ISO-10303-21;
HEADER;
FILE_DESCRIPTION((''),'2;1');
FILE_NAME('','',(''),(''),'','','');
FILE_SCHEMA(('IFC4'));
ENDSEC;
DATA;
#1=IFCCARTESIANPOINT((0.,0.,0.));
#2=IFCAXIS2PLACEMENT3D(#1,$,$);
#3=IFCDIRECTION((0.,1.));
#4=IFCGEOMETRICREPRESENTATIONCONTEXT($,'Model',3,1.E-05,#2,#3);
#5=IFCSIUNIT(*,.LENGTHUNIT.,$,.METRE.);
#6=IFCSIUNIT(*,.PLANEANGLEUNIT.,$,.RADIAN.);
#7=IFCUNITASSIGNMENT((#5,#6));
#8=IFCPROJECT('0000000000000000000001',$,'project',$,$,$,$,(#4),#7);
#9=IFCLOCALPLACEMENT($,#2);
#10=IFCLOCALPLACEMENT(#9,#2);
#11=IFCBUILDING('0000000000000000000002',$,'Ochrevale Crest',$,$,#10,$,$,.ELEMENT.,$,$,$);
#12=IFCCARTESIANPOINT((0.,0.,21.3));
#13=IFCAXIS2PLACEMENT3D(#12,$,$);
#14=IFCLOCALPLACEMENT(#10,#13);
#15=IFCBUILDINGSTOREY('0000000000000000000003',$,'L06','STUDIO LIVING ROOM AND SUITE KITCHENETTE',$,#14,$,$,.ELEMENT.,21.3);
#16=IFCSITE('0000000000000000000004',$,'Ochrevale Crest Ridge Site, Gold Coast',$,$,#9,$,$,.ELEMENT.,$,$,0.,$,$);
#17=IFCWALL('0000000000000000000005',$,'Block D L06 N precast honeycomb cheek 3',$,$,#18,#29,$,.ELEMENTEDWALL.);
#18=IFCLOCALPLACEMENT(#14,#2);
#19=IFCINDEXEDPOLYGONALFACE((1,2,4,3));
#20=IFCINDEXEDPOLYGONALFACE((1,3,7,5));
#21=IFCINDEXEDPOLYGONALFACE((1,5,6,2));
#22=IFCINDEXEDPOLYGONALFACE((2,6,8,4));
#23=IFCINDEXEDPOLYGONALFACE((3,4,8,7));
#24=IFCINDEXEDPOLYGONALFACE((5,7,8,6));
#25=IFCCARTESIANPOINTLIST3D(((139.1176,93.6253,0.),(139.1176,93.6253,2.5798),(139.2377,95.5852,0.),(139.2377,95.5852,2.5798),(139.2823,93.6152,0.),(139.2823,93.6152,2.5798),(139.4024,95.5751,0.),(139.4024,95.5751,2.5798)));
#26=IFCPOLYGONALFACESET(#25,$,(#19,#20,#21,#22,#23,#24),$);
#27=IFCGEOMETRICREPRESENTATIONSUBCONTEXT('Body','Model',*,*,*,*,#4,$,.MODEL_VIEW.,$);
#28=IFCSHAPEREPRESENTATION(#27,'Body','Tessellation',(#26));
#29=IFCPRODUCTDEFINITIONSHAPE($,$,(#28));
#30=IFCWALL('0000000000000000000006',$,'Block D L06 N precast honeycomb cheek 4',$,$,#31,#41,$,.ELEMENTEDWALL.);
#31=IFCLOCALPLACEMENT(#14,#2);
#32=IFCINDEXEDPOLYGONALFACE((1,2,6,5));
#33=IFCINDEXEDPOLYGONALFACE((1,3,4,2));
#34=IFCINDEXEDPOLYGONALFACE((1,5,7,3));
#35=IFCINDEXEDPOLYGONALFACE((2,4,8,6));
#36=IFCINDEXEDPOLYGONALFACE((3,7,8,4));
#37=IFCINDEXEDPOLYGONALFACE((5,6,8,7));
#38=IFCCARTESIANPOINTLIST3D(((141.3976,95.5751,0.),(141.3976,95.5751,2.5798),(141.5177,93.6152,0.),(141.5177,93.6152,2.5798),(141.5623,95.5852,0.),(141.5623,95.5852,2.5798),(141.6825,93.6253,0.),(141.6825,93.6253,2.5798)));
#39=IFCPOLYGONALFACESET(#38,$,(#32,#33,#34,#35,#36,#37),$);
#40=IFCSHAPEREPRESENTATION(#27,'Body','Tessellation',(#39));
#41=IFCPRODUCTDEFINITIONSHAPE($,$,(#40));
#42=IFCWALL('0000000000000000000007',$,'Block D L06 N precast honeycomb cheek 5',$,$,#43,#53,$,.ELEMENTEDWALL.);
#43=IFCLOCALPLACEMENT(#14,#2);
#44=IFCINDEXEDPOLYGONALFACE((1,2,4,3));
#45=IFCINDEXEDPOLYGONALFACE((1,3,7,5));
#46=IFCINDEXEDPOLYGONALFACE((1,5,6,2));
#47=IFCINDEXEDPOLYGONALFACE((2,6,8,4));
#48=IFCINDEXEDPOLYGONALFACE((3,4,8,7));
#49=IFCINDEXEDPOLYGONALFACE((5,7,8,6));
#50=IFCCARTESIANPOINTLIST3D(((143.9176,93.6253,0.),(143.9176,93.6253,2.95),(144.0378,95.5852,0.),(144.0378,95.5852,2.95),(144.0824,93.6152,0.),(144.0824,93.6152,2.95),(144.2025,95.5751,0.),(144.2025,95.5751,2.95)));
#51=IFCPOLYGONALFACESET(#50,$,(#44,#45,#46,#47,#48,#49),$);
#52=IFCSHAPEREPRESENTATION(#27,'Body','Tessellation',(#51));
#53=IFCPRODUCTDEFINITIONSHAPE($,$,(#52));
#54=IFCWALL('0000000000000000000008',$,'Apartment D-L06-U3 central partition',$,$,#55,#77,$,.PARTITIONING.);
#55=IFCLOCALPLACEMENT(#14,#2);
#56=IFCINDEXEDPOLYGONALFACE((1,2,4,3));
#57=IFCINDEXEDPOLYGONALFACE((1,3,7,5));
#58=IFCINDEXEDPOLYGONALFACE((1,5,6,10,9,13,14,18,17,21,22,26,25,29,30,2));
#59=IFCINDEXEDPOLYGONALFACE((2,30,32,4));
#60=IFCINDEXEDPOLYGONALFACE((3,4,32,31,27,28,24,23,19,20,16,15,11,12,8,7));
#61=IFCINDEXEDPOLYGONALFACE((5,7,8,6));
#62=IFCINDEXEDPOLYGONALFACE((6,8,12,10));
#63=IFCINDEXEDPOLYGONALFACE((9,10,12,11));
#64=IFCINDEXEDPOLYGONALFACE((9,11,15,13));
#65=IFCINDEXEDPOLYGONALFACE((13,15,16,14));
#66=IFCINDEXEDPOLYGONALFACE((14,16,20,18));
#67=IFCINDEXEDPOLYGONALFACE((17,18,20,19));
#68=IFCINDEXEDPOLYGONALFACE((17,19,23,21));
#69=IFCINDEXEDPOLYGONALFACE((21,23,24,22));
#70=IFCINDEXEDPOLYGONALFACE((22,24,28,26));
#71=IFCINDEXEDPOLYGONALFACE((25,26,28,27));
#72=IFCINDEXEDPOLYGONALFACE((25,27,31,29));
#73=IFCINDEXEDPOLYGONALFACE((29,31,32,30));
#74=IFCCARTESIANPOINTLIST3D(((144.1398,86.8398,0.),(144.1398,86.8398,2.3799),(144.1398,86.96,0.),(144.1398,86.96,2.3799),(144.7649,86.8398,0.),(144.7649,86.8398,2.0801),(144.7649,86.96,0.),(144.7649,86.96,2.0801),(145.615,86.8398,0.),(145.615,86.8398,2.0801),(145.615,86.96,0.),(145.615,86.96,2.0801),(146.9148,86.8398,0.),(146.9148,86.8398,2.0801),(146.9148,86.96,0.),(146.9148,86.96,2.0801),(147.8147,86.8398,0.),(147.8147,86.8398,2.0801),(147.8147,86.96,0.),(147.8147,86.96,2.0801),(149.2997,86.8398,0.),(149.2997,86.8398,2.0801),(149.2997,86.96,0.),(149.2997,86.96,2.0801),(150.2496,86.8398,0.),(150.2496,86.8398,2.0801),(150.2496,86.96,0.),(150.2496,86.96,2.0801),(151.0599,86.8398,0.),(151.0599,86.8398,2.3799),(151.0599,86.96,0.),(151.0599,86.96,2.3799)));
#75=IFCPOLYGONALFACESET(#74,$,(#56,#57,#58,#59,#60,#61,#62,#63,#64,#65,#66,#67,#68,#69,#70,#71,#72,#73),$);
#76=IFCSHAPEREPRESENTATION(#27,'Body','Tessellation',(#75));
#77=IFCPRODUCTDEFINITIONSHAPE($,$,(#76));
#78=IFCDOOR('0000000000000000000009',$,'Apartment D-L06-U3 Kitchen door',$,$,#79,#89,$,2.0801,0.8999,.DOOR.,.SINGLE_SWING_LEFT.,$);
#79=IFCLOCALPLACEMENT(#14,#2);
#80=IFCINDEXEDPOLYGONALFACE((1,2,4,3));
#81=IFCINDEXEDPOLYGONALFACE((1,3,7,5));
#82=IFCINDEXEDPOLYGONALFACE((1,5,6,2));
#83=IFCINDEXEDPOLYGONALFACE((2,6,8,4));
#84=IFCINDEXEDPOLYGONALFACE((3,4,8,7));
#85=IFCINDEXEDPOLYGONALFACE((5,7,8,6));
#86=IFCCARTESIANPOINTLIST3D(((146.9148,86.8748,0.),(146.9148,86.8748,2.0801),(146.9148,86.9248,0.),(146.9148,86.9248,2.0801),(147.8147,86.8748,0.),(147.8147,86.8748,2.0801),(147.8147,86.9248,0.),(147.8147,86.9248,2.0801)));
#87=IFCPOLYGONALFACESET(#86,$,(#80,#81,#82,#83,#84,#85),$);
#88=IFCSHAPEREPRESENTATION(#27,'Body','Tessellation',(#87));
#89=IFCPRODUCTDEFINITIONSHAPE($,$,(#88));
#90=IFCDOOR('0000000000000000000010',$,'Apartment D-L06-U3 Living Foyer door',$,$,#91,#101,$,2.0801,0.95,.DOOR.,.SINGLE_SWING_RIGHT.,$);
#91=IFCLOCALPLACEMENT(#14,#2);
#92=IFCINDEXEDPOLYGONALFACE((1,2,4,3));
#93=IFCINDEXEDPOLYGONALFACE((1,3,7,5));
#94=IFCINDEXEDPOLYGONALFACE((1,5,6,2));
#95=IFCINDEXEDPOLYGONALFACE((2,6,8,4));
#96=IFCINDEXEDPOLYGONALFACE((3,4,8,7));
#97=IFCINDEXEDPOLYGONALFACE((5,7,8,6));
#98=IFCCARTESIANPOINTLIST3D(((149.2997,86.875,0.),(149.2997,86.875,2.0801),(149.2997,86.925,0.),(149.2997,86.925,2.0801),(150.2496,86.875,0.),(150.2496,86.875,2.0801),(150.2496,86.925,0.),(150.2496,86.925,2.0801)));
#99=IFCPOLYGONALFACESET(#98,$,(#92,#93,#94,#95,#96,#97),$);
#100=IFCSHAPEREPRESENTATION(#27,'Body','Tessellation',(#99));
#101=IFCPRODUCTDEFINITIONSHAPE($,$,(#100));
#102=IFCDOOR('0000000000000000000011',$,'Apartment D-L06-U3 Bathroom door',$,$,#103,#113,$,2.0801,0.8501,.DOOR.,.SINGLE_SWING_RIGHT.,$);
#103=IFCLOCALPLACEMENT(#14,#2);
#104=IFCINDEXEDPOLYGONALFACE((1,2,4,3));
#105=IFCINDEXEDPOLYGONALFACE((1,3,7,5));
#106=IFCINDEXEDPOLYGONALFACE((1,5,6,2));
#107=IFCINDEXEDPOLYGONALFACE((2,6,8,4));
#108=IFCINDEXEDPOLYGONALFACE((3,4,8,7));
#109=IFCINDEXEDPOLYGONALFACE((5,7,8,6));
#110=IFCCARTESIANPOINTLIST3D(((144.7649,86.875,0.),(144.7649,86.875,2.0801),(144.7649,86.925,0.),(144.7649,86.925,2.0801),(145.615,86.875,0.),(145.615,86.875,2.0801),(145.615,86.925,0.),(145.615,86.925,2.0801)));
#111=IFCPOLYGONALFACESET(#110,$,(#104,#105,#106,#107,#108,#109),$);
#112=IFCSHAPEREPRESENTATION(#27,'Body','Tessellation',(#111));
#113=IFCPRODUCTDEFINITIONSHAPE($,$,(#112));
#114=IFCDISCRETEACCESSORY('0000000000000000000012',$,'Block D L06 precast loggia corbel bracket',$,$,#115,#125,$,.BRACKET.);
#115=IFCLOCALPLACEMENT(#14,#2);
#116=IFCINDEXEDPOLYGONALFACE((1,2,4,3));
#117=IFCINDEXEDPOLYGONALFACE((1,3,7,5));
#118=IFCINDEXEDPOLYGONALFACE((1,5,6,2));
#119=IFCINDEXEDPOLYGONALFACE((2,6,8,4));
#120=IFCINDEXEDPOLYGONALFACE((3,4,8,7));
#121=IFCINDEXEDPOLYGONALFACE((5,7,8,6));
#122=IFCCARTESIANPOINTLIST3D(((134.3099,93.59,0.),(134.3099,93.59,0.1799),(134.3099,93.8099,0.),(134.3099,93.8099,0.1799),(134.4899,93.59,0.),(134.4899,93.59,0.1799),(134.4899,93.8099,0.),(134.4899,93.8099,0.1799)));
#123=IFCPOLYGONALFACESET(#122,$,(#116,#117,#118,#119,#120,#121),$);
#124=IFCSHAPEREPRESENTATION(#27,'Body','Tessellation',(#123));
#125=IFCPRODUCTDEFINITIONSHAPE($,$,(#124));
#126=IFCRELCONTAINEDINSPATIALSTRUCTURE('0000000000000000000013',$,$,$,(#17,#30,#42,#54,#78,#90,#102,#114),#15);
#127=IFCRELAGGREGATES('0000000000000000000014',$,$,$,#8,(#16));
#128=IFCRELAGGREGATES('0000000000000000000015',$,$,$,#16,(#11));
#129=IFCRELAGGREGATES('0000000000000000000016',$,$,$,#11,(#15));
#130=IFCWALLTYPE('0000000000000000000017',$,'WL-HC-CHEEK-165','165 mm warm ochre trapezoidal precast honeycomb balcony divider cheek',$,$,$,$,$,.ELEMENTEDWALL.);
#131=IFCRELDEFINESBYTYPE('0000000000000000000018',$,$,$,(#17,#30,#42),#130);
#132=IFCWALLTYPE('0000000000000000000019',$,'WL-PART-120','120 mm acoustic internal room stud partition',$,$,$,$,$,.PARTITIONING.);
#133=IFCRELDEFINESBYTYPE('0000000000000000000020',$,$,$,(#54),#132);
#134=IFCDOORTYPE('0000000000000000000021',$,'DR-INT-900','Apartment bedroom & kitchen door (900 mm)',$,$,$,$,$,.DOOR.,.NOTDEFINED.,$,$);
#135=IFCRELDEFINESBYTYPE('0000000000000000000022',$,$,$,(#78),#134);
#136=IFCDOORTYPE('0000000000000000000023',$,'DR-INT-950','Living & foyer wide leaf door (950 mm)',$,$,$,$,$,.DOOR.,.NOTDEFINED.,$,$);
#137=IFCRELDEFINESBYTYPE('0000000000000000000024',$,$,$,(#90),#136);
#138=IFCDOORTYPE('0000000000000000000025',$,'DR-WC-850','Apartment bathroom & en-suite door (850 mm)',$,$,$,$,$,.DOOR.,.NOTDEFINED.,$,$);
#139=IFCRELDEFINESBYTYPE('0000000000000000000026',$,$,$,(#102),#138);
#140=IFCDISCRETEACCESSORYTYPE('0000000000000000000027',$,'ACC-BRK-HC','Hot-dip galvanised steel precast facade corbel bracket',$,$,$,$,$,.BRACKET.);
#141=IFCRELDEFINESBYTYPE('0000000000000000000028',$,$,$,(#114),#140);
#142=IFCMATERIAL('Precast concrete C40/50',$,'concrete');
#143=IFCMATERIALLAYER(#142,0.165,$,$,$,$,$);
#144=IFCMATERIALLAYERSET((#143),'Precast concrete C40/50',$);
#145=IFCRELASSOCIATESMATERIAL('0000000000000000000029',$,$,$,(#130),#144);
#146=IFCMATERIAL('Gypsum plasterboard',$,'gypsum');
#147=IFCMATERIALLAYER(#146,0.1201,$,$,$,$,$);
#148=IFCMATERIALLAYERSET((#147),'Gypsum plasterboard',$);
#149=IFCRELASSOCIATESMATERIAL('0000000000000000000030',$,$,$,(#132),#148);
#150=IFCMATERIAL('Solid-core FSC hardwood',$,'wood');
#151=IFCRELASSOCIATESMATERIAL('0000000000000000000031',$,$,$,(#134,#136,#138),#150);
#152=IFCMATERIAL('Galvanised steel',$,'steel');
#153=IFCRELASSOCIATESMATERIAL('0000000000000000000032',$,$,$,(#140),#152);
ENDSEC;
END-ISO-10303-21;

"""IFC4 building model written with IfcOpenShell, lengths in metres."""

from ifc_helpers import new_model, si_unit, direction, frame, frame_2d, origin, origin_2d, place, context, subcontext, project, spatial, rectangle, extrude, material, layer, layer_set, type_object, element, fill, save


model = new_model("IFC4")

# Units and contexts
model_context = context("Model", 3, precision=1e-05, world=origin(), true_north=direction((0.0, 1.0)))
body_context = subcontext(model_context, "Body", "Model", "MODEL_VIEW")
ifc_project = project(units=[si_unit("LENGTHUNIT", "METRE"), si_unit("PLANEANGLEUNIT", "RADIAN")], contexts=[model_context])

# Site, building, storey
site_placement = place(None, origin())
site = spatial("IfcSite", under=ifc_project, at=site_placement, Name="Ochrevale Crest Ridge Site, Gold Coast", CompositionType="ELEMENT", RefElevation=0.0)
building_placement = place(site_placement, origin())
building = spatial("IfcBuilding", under=site, at=building_placement, Name="Ochrevale Crest", CompositionType="ELEMENT")
storey_placement = place(building_placement, frame((0.0, 0.0, 21.3)))
storey = spatial("IfcBuildingStorey", under=building, at=storey_placement, Name="L06", Description="STUDIO LIVING ROOM AND SUITE KITCHENETTE", CompositionType="ELEMENT", Elevation=21.3)

# Shared definitions
ifc_material_1 = material(Name="Precast concrete C40/50", Category="concrete")

# Walls
ifc_layer_1 = layer(ifc_material_1, 0.165)
ifc_layer_set_1 = layer_set([ifc_layer_1], Name="Precast concrete C40/50")
wall_type_1 = type_object("IfcWallType", Name="WL-HC-CHEEK-165", Description="165 mm warm ochre trapezoidal precast honeycomb balcony divider cheek", PredefinedType="ELEMENTEDWALL", material=ifc_layer_set_1)
for number, where, z_axis, x_axis, name in (
    (1, (139.2, 93.6201, 0.0), (0.0, 0.0, 1.0), (0.061171, 0.998127, 0.0), "Block D L06 N precast honeycomb cheek 3"),
    (2, (141.6001, 93.6201, 0.0), (0.0, 0.0, 1.0), (-0.061171, 0.998127, 0.0), "Block D L06 N precast honeycomb cheek 4"),
):
    element("IfcWall", number, at=place(storey_placement, frame(where, z_axis=z_axis, x_axis=x_axis)), inside=storey, type_object=wall_type_1, Name=name, PredefinedType="ELEMENTEDWALL", context=body_context, shape_type="SweptSolid", body=[
        extrude(rectangle(XDim=1.9636, YDim=0.165, at=frame_2d((0.9819, 0.0))), origin(), (0.0, 0.0, 1.0), 2.5798),
    ])
wall_1_placement = place(storey_placement, frame((144.0, 93.6201, 0.0), z_axis=(0.0, 0.0, 1.0), x_axis=(0.061171, 0.998127, 0.0)))
element("IfcWall", 3, at=wall_1_placement, inside=storey, type_object=wall_type_1, Name="Block D L06 N precast honeycomb cheek 5", PredefinedType="ELEMENTEDWALL", context=body_context, shape_type="SweptSolid", body=[
    extrude(rectangle(XDim=1.9636, YDim=0.165, at=frame_2d((0.9819, 0.0))), origin(), (0.0, 0.0, 1.0), 2.95),
])

# Wall, openings, doors
ifc_material_2 = material(Name="Gypsum plasterboard", Category="gypsum")
ifc_layer_2 = layer(ifc_material_2, 0.1201)
ifc_layer_set_2 = layer_set([ifc_layer_2], Name="Gypsum plasterboard")
wall_type_2 = type_object("IfcWallType", Name="WL-PART-120", Description="120 mm acoustic internal room stud partition", PredefinedType="PARTITIONING", material=ifc_layer_set_2)
wall_2_placement = place(storey_placement, frame((144.1399, 86.8999, 0.0), z_axis=(0.0, 0.0, 1.0), x_axis=(1.0, 0.0, 0.0)))
wall_2 = element("IfcWall", 4, at=wall_2_placement, inside=storey, type_object=wall_type_2, Name="Apartment D-L06-U3 central partition", PredefinedType="PARTITIONING", context=body_context, shape_type="SweptSolid", body=[
    extrude(rectangle(XDim=6.9202, YDim=0.1201, at=frame_2d((3.46, 0.0))), origin(), (0.0, 0.0, 1.0), 2.3799),
])
opening_1_placement = place(wall_2_placement, frame((1.4751, 0.0, 0.0), z_axis=(0.0, 0.0, 1.0), x_axis=(-1.0, 0.0, 0.0)))
opening_1 = element("IfcOpeningElement", 5, at=opening_1_placement, cuts=wall_2, PredefinedType="OPENING", context=body_context, shape_type="SweptSolid", body=[
    extrude(rectangle(XDim=0.8501, YDim=2.0801, at=frame_2d((0.425, 1.04))), frame((0.0, 0.0701, 0.0), z_axis=(0.0, -1.0, 0.0), x_axis=(1.0, 0.0, 0.0)), (0.0, 0.0, 1.0), 0.1401),
])
opening_2_placement = place(wall_2_placement, frame((2.7749, 0.0, 0.0)))
opening_2 = element("IfcOpeningElement", 6, at=opening_2_placement, cuts=wall_2, PredefinedType="OPENING", context=body_context, shape_type="SweptSolid", body=[
    extrude(rectangle(XDim=0.8999, YDim=2.0801, at=frame_2d((0.45, 1.04))), frame((0.0, 0.0701, 0.0), z_axis=(0.0, -1.0, 0.0), x_axis=(1.0, 0.0, 0.0)), (0.0, 0.0, 1.0), 0.1401),
])
opening_3_placement = place(wall_2_placement, frame((6.1099, 0.0, 0.0), z_axis=(0.0, 0.0, 1.0), x_axis=(-1.0, 0.0, 0.0)))
opening_3 = element("IfcOpeningElement", 7, at=opening_3_placement, cuts=wall_2, PredefinedType="OPENING", context=body_context, shape_type="SweptSolid", body=[
    extrude(rectangle(XDim=0.95, YDim=2.0801, at=frame_2d((0.4751, 1.04))), frame((0.0, 0.0701, 0.0), z_axis=(0.0, -1.0, 0.0), x_axis=(1.0, 0.0, 0.0)), (0.0, 0.0, 1.0), 0.1401),
])
ifc_material_3 = material(Name="Solid-core FSC hardwood", Category="wood")
door_type_1 = type_object("IfcDoorType", Name="DR-INT-900", Description="Apartment bedroom & kitchen door (900 mm)", OperationType="NOTDEFINED", PredefinedType="DOOR", material=ifc_material_3)
door_1_placement = place(opening_2_placement, origin())
door_1 = element("IfcDoor", 8, at=door_1_placement, inside=storey, type_object=door_type_1, Name="Apartment D-L06-U3 Kitchen door", OperationType="SINGLE_SWING_LEFT", OverallHeight=2.0801, OverallWidth=0.8999, PredefinedType="DOOR", context=body_context, shape_type="SweptSolid", body=[
    extrude(rectangle(XDim=0.8999, YDim=2.0801, at=frame_2d((0.45, 1.04))), frame((0.0, 0.0249, 0.0), z_axis=(0.0, -1.0, 0.0), x_axis=(1.0, 0.0, 0.0)), (0.0, 0.0, 1.0), 0.05),
])
fill(opening_2, door_1)
door_type_2 = type_object("IfcDoorType", Name="DR-INT-950", Description="Living & foyer wide leaf door (950 mm)", OperationType="NOTDEFINED", PredefinedType="DOOR", material=ifc_material_3)
door_2_placement = place(opening_3_placement, origin())
door_2 = element("IfcDoor", 9, at=door_2_placement, inside=storey, type_object=door_type_2, Name="Apartment D-L06-U3 Living Foyer door", OperationType="SINGLE_SWING_RIGHT", OverallHeight=2.0801, OverallWidth=0.95, PredefinedType="DOOR", context=body_context, shape_type="SweptSolid", body=[
    extrude(rectangle(XDim=0.95, YDim=2.0801, at=frame_2d((0.4751, 1.04))), frame((0.0, 0.0249, 0.0), z_axis=(0.0, -1.0, 0.0), x_axis=(1.0, 0.0, 0.0)), (0.0, 0.0, 1.0), 0.05),
])
fill(opening_3, door_2)
door_type_3 = type_object("IfcDoorType", Name="DR-WC-850", Description="Apartment bathroom & en-suite door (850 mm)", OperationType="NOTDEFINED", PredefinedType="DOOR", material=ifc_material_3)
door_3_placement = place(opening_1_placement, origin())
door_3 = element("IfcDoor", 10, at=door_3_placement, inside=storey, type_object=door_type_3, Name="Apartment D-L06-U3 Bathroom door", OperationType="SINGLE_SWING_RIGHT", OverallHeight=2.0801, OverallWidth=0.8501, PredefinedType="DOOR", context=body_context, shape_type="SweptSolid", body=[
    extrude(rectangle(XDim=0.8501, YDim=2.0801, at=frame_2d((0.425, 1.04))), frame((0.0, 0.0249, 0.0), z_axis=(0.0, -1.0, 0.0), x_axis=(1.0, 0.0, 0.0)), (0.0, 0.0, 1.0), 0.05),
])
fill(opening_1, door_3)

# Discrete accessory
ifc_material_4 = material(Name="Galvanised steel", Category="steel")
discrete_accessory_type = type_object("IfcDiscreteAccessoryType", Name="ACC-BRK-HC", Description="Hot-dip galvanised steel precast facade corbel bracket", PredefinedType="BRACKET", material=ifc_material_4)
discrete_accessory_placement = place(storey_placement, frame((134.3999, 93.7, 0.0), z_axis=(0.0, 0.0, 1.0), x_axis=(1.0, 0.0, 0.0)))
element("IfcDiscreteAccessory", 11, at=discrete_accessory_placement, inside=storey, type_object=discrete_accessory_type, Name="Block D L06 precast loggia corbel bracket", PredefinedType="BRACKET", context=body_context, shape_type="SweptSolid", body=[
    extrude(rectangle(XDim=0.1799, YDim=0.22, at=origin_2d()), origin(), (0.0, 0.0, 1.0), 0.1799),
])

save(model, "model.ifc")
